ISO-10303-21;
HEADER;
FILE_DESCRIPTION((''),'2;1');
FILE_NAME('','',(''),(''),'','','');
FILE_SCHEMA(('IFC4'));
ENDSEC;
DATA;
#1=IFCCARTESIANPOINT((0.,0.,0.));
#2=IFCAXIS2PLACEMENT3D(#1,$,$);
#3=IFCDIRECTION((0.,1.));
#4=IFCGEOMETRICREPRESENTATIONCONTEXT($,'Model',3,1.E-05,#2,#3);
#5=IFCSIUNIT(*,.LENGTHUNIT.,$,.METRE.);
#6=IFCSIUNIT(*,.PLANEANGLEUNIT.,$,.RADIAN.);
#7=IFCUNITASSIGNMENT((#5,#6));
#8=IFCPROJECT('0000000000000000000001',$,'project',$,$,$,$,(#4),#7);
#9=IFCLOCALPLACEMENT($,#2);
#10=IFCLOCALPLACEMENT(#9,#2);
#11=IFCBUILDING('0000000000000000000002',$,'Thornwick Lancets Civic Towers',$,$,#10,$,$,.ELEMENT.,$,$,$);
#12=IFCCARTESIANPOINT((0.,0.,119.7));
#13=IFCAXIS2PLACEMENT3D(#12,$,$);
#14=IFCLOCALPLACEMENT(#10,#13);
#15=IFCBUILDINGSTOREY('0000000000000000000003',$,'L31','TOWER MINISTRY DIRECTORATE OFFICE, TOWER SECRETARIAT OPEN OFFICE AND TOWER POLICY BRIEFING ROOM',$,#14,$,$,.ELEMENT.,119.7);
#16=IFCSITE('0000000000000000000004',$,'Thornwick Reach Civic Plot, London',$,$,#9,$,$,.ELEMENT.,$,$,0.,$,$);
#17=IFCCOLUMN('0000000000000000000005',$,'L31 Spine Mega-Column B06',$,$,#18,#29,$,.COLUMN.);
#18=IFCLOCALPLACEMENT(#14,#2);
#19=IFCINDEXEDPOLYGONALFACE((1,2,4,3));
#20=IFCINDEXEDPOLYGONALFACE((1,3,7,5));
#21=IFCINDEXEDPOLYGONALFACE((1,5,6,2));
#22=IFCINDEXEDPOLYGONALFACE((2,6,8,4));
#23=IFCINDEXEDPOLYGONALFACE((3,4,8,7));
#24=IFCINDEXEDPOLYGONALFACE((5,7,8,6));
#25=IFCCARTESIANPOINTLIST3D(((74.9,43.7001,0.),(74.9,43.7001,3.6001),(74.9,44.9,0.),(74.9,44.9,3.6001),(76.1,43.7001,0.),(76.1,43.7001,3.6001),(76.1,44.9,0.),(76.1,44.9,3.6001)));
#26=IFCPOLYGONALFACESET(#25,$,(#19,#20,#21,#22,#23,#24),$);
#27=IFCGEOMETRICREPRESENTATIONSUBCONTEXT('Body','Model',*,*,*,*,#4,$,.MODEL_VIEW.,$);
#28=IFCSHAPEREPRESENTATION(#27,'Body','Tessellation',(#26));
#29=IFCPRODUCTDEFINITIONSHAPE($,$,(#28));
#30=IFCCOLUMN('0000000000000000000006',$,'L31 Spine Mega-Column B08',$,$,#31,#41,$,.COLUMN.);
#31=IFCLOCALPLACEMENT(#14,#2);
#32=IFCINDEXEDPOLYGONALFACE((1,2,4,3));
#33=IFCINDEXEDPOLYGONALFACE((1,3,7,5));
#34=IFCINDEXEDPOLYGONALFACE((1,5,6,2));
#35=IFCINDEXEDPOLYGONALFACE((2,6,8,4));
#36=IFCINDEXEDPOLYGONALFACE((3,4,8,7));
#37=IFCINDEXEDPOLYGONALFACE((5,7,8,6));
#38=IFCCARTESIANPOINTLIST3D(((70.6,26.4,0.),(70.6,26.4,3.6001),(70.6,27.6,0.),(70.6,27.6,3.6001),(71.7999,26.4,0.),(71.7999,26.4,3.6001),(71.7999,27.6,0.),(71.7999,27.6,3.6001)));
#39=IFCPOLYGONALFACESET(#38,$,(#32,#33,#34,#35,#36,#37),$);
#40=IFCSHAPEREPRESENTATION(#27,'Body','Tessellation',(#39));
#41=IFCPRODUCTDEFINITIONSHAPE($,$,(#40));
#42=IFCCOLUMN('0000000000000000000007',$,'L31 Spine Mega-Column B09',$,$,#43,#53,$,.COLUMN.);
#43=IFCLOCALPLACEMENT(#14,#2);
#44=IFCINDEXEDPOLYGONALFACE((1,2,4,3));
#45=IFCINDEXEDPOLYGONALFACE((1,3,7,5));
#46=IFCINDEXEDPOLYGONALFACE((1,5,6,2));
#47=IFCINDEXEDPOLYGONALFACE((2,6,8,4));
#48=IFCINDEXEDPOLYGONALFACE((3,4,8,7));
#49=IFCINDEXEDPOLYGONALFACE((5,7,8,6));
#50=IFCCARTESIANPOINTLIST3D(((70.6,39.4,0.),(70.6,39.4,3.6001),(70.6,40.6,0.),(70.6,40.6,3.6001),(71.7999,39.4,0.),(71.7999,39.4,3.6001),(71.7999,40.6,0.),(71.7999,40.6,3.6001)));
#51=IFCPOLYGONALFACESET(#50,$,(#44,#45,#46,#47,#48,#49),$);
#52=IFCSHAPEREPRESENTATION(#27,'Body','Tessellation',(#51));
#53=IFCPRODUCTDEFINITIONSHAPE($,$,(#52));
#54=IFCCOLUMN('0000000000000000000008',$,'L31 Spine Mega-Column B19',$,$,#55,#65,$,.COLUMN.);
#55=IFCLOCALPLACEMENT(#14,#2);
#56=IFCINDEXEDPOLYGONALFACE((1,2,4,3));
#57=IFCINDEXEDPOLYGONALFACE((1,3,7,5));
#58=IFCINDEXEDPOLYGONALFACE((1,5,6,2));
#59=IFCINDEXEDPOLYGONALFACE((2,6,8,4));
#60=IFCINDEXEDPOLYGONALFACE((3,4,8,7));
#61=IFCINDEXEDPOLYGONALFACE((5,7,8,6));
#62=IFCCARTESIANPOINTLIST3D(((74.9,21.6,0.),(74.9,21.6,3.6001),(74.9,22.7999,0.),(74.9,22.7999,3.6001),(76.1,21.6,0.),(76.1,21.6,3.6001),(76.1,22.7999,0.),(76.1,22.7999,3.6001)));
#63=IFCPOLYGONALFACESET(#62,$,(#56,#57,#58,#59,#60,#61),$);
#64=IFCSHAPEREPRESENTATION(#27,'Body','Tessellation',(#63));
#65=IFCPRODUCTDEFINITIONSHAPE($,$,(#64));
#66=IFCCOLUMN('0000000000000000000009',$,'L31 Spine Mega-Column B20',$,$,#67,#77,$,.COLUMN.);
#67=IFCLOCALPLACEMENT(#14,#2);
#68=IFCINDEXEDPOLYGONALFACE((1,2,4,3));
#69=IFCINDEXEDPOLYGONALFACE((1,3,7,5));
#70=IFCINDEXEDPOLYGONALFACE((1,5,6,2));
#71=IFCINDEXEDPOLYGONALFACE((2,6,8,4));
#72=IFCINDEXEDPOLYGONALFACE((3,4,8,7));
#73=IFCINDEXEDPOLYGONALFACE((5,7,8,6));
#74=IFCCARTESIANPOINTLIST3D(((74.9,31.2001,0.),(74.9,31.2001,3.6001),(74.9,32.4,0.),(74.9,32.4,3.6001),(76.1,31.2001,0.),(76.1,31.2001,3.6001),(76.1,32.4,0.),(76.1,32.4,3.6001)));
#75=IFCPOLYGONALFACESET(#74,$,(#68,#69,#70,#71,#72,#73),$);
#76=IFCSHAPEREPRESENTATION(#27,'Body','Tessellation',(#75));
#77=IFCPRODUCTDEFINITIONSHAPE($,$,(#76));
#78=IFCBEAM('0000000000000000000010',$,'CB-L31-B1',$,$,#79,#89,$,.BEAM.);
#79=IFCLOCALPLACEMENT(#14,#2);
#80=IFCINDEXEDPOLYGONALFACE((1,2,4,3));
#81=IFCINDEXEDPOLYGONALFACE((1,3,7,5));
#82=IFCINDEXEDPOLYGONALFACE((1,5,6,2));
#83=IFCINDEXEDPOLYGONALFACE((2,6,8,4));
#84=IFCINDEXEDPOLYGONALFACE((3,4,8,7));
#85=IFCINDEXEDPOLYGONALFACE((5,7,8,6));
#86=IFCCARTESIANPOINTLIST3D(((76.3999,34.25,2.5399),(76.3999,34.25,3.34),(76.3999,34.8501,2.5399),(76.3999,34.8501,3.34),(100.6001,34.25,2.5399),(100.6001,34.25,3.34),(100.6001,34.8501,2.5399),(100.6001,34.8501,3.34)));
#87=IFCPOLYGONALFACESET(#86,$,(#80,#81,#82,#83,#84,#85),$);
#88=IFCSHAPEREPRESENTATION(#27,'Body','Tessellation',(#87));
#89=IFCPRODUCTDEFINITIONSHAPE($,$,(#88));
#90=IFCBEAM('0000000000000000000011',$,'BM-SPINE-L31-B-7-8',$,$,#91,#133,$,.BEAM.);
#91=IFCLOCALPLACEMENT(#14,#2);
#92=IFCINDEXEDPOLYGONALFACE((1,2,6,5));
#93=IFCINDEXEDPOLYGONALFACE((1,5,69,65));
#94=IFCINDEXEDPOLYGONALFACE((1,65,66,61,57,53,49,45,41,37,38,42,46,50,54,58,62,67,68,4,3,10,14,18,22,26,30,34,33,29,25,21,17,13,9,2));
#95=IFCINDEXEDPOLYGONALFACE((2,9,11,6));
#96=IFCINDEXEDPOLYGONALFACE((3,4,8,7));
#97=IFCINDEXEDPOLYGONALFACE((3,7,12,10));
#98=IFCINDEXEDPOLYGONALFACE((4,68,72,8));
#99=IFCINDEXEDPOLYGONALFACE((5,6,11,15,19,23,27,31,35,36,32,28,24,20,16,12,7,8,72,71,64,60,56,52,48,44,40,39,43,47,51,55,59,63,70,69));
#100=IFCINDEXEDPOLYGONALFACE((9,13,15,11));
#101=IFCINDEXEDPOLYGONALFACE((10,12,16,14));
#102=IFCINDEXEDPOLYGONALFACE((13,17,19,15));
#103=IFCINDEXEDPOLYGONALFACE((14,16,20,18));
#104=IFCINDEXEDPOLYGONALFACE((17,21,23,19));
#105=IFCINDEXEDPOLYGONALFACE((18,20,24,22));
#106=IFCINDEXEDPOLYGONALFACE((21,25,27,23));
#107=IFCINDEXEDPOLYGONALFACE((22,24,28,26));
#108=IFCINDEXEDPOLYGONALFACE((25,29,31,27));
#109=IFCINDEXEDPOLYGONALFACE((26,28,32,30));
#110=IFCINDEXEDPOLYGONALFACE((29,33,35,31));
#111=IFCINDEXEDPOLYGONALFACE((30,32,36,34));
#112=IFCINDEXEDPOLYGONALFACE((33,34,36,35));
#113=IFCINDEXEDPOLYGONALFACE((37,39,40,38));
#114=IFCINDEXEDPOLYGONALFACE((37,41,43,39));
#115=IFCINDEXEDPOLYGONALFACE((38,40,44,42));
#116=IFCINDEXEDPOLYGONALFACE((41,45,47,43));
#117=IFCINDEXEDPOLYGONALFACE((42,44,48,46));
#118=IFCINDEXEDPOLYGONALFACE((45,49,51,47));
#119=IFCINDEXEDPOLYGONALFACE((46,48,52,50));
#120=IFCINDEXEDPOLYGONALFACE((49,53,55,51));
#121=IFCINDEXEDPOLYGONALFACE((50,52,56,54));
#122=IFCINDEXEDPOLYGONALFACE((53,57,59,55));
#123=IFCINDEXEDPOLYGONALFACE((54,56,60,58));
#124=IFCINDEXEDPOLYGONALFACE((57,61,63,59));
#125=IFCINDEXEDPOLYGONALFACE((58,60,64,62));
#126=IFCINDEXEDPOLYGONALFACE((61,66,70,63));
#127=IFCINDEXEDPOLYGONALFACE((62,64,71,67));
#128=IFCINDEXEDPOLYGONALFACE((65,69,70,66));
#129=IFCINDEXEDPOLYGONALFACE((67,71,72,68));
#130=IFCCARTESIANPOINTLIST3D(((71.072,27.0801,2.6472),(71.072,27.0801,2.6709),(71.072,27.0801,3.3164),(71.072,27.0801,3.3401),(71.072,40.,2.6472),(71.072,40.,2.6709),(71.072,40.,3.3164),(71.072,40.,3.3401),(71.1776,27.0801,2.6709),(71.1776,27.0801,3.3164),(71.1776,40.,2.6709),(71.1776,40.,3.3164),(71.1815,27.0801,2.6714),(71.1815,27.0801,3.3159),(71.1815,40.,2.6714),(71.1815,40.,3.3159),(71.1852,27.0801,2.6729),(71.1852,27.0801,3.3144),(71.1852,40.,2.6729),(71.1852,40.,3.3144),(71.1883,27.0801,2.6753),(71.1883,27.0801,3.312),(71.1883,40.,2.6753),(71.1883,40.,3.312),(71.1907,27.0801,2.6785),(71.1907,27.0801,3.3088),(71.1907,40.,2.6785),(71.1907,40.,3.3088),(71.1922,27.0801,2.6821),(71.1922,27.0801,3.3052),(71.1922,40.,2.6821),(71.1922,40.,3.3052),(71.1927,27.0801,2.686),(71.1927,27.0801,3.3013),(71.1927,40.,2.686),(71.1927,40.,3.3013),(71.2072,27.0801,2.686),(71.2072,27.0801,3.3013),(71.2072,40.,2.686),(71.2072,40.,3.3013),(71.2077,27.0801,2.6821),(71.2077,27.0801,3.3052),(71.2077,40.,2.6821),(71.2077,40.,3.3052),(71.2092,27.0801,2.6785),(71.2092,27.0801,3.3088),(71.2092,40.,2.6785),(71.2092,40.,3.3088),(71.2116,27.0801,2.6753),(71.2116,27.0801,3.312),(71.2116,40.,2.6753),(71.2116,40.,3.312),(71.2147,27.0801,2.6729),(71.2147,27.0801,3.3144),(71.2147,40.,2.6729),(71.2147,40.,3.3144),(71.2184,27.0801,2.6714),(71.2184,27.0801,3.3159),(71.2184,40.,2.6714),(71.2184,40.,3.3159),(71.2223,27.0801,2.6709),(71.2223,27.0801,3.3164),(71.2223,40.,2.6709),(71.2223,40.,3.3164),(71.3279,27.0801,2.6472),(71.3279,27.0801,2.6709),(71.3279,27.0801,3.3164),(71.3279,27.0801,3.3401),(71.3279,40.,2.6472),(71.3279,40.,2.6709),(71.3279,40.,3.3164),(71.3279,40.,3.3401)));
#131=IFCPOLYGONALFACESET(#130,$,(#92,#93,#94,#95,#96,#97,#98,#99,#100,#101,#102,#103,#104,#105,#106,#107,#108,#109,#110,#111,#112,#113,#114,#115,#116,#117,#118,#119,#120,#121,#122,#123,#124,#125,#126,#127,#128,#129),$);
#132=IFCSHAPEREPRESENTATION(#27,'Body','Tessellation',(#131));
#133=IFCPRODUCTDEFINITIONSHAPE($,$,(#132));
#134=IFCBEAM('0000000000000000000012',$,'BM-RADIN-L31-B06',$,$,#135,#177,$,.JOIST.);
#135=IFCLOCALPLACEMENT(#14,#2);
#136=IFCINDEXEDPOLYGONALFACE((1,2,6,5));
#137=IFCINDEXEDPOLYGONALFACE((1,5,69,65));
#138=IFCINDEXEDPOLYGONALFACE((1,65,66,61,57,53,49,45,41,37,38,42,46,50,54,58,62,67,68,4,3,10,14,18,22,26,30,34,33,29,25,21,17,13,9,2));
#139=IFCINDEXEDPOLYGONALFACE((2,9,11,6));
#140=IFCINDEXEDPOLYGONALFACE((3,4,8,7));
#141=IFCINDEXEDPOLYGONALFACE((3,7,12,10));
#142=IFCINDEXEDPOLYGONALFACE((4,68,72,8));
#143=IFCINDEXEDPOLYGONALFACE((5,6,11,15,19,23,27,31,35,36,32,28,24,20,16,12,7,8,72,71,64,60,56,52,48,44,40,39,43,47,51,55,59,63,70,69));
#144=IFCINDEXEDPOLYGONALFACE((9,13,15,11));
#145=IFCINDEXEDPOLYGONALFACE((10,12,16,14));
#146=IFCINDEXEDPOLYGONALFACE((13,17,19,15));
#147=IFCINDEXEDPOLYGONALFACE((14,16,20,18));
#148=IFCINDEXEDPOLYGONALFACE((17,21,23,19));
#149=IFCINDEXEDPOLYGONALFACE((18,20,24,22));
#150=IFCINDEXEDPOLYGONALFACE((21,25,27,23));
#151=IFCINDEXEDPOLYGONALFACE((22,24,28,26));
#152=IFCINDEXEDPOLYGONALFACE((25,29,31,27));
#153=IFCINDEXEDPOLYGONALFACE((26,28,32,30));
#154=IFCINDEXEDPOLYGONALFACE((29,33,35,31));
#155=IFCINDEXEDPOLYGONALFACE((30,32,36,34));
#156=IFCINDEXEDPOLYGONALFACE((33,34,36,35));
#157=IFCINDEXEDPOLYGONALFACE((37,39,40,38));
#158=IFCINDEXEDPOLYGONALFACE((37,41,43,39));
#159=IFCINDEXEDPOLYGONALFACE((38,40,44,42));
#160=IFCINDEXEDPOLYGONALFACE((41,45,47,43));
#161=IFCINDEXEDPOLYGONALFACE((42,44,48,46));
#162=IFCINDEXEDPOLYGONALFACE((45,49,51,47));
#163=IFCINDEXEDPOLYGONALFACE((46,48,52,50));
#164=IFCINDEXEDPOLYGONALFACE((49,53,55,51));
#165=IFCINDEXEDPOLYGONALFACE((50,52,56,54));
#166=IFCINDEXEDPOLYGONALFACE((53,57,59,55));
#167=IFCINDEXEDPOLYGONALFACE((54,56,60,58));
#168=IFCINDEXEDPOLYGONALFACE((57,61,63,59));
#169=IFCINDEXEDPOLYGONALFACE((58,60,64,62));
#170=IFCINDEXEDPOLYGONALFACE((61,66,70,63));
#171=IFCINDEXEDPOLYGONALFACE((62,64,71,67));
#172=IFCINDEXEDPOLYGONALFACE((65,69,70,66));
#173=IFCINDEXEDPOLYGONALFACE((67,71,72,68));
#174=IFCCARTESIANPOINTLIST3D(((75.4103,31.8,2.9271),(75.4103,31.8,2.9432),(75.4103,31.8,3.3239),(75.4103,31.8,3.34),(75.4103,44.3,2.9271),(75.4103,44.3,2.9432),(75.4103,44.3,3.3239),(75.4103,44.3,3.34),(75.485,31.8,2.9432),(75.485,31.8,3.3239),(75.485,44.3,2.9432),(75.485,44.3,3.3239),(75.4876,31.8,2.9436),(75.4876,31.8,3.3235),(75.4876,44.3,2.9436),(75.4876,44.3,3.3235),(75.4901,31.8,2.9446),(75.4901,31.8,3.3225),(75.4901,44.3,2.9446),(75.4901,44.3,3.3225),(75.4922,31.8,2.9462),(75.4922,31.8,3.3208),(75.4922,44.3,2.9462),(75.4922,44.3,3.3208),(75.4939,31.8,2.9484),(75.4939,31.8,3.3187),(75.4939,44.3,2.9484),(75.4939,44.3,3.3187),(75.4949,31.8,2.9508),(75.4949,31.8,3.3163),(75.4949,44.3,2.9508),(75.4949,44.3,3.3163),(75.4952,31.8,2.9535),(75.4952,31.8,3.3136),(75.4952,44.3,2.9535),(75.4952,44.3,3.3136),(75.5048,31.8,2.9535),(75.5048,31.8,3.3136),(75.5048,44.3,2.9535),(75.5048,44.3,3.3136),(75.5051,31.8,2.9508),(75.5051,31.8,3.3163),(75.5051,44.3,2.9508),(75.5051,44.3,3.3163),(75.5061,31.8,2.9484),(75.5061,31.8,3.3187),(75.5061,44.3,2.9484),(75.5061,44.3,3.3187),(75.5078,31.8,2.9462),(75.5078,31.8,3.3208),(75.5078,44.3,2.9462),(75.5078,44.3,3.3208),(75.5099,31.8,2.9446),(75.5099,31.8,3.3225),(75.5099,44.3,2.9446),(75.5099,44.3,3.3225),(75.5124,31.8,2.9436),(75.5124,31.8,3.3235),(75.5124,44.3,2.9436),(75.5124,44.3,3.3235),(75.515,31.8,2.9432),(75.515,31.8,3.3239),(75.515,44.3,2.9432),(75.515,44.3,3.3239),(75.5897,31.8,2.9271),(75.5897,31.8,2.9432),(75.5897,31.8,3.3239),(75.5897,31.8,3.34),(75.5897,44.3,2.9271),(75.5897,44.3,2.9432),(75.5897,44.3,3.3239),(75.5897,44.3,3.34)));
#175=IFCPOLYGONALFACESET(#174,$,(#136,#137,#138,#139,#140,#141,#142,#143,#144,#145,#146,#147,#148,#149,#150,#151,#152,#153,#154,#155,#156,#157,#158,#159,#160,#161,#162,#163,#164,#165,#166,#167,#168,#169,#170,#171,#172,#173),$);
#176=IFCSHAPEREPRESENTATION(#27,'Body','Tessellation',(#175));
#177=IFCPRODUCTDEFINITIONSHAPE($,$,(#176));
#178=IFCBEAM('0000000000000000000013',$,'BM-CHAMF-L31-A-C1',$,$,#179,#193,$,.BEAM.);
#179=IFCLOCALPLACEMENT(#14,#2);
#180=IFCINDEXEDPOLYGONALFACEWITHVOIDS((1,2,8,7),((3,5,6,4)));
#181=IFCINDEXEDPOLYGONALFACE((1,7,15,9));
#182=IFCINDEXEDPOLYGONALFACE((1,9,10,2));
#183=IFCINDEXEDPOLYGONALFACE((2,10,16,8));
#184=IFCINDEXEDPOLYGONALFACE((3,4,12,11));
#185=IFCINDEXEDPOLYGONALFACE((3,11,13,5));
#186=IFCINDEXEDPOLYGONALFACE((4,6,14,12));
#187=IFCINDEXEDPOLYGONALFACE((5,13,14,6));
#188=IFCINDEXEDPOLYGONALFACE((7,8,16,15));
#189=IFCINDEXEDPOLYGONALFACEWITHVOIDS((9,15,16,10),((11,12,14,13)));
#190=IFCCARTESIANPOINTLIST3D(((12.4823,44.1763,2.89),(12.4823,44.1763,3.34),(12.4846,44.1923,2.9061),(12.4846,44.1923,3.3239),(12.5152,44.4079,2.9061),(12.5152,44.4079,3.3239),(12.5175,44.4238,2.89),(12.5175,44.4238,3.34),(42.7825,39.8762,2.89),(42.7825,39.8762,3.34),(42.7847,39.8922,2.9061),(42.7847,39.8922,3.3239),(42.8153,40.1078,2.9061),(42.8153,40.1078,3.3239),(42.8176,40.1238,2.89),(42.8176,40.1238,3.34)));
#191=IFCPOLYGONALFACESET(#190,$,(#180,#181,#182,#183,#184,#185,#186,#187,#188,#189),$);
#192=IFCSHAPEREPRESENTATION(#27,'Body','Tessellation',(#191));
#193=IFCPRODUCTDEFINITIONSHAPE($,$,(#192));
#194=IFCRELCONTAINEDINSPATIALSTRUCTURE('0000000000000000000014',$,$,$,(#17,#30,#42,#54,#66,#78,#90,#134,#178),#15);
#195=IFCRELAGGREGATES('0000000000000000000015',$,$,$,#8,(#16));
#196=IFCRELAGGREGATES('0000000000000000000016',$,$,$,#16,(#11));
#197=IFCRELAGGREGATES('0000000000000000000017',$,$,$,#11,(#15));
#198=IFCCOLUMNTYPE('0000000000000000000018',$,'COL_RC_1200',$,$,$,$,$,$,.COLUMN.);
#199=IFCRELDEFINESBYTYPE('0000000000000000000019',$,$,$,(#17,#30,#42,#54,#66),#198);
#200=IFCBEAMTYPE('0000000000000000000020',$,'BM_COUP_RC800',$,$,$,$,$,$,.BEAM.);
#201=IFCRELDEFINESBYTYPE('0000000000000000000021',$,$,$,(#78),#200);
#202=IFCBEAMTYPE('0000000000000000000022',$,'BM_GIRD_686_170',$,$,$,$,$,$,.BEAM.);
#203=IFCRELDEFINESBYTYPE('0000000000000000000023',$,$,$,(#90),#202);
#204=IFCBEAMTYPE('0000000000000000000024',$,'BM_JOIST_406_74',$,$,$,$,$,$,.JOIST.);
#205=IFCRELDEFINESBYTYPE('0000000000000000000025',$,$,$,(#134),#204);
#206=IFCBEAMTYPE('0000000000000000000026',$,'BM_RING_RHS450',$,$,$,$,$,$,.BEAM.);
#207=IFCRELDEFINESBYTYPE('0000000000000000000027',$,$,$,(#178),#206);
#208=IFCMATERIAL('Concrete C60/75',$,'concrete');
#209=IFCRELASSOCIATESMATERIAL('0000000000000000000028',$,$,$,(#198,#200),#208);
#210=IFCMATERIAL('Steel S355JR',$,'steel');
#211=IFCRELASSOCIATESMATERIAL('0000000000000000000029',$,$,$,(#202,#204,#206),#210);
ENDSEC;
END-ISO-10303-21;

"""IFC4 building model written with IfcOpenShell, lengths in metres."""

from ifc_helpers import new_model, si_unit, direction, frame, origin, origin_2d, place, context, subcontext, project, spatial, rectangle, hollow_rectangle, i_section, extrude, material, material_profile, profile_set, type_object, element, save


model = new_model("IFC4")

# Units and contexts
model_context = context("Model", 3, precision=1e-05, world=origin(), true_north=direction((0.0, 1.0)))
body_context = subcontext(model_context, "Body", "Model", "MODEL_VIEW")
ifc_project = project(units=[si_unit("LENGTHUNIT", "METRE"), si_unit("PLANEANGLEUNIT", "RADIAN")], contexts=[model_context])

# Site, building, storey
site_placement = place(None, origin())
site = spatial("IfcSite", under=ifc_project, at=site_placement, Name="Thornwick Reach Civic Plot, London", CompositionType="ELEMENT", RefElevation=0.0)
building_placement = place(site_placement, origin())
building = spatial("IfcBuilding", under=site, at=building_placement, Name="Thornwick Lancets Civic Towers", CompositionType="ELEMENT")
storey_placement = place(building_placement, frame((0.0, 0.0, 119.7)))
storey = spatial("IfcBuildingStorey", under=building, at=storey_placement, Name="L31", Description="TOWER MINISTRY DIRECTORATE OFFICE, TOWER SECRETARIAT OPEN OFFICE AND TOWER POLICY BRIEFING ROOM", CompositionType="ELEMENT", Elevation=119.7)

# Columns
ifc_material_1 = material(Name="Concrete C60/75", Category="concrete")
ifc_material_profile_1 = material_profile(ifc_material_1, rectangle(XDim=1.2, YDim=1.2, at=origin_2d()), Name="RC 1200x1200")
ifc_profile_set_1 = profile_set([ifc_material_profile_1], Name="Concrete C60/75")
column_type = type_object("IfcColumnType", Name="COL_RC_1200", PredefinedType="COLUMN", material=ifc_profile_set_1)
for number, where, z_axis, x_axis, name in (
    (1, (75.5, 44.3, 0.0), (0.0, 0.0, 1.0), (1.0, 0.0, 0.0), "L31 Spine Mega-Column B06"),
    (2, (71.2, 27.0, 0.0), (0.0, 0.0, 1.0), (1.0, 0.0, 0.0), "L31 Spine Mega-Column B08"),
    (3, (71.2, 40.0, 0.0), (0.0, 0.0, 1.0), (1.0, 0.0, 0.0), "L31 Spine Mega-Column B09"),
    (4, (75.5, 22.2, 0.0), (0.0, 0.0, 1.0), (1.0, 0.0, 0.0), "L31 Spine Mega-Column B19"),
    (5, (75.5, 31.8, 0.0), (0.0, 0.0, 1.0), (1.0, 0.0, 0.0), "L31 Spine Mega-Column B20"),
):
    element("IfcColumn", number, at=place(storey_placement, frame(where, z_axis=z_axis, x_axis=x_axis)), inside=storey, type_object=column_type, Name=name, PredefinedType="COLUMN", context=body_context, shape_type="SweptSolid", body=[
        extrude(rectangle(XDim=1.2, YDim=1.2, at=origin_2d()), origin(), (0.0, 0.0, 1.0), 3.6001),
    ])

# Beams
ifc_material_profile_2 = material_profile(ifc_material_1, rectangle(XDim=0.6001, YDim=0.8, at=origin_2d()), Name="RC 600x800")
ifc_profile_set_2 = profile_set([ifc_material_profile_2], Name="Concrete C60/75")
beam_type_1 = type_object("IfcBeamType", Name="BM_COUP_RC800", PredefinedType="BEAM", material=ifc_profile_set_2)
beam_1_placement = place(storey_placement, frame((76.3999, 34.55, 2.9399), z_axis=(1.0, 0.0, 0.0), x_axis=(0.0, 1.0, 0.0)))
element("IfcBeam", 6, at=beam_1_placement, inside=storey, type_object=beam_type_1, Name="CB-L31-B1", PredefinedType="BEAM", context=body_context, shape_type="SweptSolid", body=[
    extrude(rectangle(XDim=0.6001, YDim=0.8, at=origin_2d()), origin(), (0.0, 0.0, 1.0), 24.2002),
])
ifc_material_2 = material(Name="Steel S355JR", Category="steel")
ifc_material_profile_3 = material_profile(ifc_material_2, i_section(OverallWidth=0.2559, OverallDepth=0.6929, WebThickness=0.0144, FlangeThickness=0.0237, FilletRadius=0.0151, at=origin_2d()), Name="UKB 686x254x170")
ifc_profile_set_3 = profile_set([ifc_material_profile_3], Name="Steel S355JR")
beam_type_2 = type_object("IfcBeamType", Name="BM_GIRD_686_170", PredefinedType="BEAM", material=ifc_profile_set_3)
beam_2_placement = place(storey_placement, frame((71.2, 27.0801, 2.9937), z_axis=(0.0, 1.0, 0.0), x_axis=(-1.0, 0.0, 0.0)))
element("IfcBeam", 7, at=beam_2_placement, inside=storey, type_object=beam_type_2, Name="BM-SPINE-L31-B-7-8", PredefinedType="BEAM", context=body_context, shape_type="SweptSolid", body=[
    extrude(i_section(OverallWidth=0.2559, OverallDepth=0.6929, WebThickness=0.0144, FlangeThickness=0.0237, FilletRadius=0.0151, at=origin_2d()), origin(), (0.0, 0.0, 1.0), 12.9199),
])
ifc_material_profile_4 = material_profile(ifc_material_2, i_section(OverallWidth=0.1794, OverallDepth=0.4128, WebThickness=0.0095, FlangeThickness=0.0161, FilletRadius=0.0103, at=origin_2d()), Name="UKB 406x178x74")
ifc_profile_set_4 = profile_set([ifc_material_profile_4], Name="Steel S355JR")
beam_type_3 = type_object("IfcBeamType", Name="BM_JOIST_406_74", PredefinedType="JOIST", material=ifc_profile_set_4)
beam_3_placement = place(storey_placement, frame((75.5, 31.8, 3.1335), z_axis=(0.0, 1.0, 0.0), x_axis=(-1.0, 0.0, 0.0)))
element("IfcBeam", 8, at=beam_3_placement, inside=storey, type_object=beam_type_3, Name="BM-RADIN-L31-B06", PredefinedType="JOIST", context=body_context, shape_type="SweptSolid", body=[
    extrude(i_section(OverallWidth=0.1794, OverallDepth=0.4128, WebThickness=0.0095, FlangeThickness=0.0161, FilletRadius=0.0103, at=origin_2d()), origin(), (0.0, 0.0, 1.0), 12.5),
])
ifc_material_profile_5 = material_profile(ifc_material_2, hollow_rectangle(XDim=0.25, YDim=0.45, WallThickness=0.0161, at=origin_2d()), Name="RHS 450x250x16")
ifc_profile_set_5 = profile_set([ifc_material_profile_5], Name="Steel S355JR")
beam_type_4 = type_object("IfcBeamType", Name="BM_RING_RHS450", PredefinedType="BEAM", material=ifc_profile_set_5)
for number, where, z_axis, x_axis, name in (
    (9, (42.8, 40.0, 3.115), (-0.99008, 0.140508, 0.0), (-0.140508, -0.99008, 0.0), "BM-CHAMF-L31-A-C1"),
):
    element("IfcBeam", number, at=place(storey_placement, frame(where, z_axis=z_axis, x_axis=x_axis)), inside=storey, type_object=beam_type_4, Name=name, PredefinedType="BEAM", context=body_context, shape_type="SweptSolid", body=[
        extrude(hollow_rectangle(XDim=0.25, YDim=0.45, WallThickness=0.0161, at=origin_2d()), origin(), (0.0, 0.0, 1.0), 30.6038),
    ])

save(model, "model.ifc")
